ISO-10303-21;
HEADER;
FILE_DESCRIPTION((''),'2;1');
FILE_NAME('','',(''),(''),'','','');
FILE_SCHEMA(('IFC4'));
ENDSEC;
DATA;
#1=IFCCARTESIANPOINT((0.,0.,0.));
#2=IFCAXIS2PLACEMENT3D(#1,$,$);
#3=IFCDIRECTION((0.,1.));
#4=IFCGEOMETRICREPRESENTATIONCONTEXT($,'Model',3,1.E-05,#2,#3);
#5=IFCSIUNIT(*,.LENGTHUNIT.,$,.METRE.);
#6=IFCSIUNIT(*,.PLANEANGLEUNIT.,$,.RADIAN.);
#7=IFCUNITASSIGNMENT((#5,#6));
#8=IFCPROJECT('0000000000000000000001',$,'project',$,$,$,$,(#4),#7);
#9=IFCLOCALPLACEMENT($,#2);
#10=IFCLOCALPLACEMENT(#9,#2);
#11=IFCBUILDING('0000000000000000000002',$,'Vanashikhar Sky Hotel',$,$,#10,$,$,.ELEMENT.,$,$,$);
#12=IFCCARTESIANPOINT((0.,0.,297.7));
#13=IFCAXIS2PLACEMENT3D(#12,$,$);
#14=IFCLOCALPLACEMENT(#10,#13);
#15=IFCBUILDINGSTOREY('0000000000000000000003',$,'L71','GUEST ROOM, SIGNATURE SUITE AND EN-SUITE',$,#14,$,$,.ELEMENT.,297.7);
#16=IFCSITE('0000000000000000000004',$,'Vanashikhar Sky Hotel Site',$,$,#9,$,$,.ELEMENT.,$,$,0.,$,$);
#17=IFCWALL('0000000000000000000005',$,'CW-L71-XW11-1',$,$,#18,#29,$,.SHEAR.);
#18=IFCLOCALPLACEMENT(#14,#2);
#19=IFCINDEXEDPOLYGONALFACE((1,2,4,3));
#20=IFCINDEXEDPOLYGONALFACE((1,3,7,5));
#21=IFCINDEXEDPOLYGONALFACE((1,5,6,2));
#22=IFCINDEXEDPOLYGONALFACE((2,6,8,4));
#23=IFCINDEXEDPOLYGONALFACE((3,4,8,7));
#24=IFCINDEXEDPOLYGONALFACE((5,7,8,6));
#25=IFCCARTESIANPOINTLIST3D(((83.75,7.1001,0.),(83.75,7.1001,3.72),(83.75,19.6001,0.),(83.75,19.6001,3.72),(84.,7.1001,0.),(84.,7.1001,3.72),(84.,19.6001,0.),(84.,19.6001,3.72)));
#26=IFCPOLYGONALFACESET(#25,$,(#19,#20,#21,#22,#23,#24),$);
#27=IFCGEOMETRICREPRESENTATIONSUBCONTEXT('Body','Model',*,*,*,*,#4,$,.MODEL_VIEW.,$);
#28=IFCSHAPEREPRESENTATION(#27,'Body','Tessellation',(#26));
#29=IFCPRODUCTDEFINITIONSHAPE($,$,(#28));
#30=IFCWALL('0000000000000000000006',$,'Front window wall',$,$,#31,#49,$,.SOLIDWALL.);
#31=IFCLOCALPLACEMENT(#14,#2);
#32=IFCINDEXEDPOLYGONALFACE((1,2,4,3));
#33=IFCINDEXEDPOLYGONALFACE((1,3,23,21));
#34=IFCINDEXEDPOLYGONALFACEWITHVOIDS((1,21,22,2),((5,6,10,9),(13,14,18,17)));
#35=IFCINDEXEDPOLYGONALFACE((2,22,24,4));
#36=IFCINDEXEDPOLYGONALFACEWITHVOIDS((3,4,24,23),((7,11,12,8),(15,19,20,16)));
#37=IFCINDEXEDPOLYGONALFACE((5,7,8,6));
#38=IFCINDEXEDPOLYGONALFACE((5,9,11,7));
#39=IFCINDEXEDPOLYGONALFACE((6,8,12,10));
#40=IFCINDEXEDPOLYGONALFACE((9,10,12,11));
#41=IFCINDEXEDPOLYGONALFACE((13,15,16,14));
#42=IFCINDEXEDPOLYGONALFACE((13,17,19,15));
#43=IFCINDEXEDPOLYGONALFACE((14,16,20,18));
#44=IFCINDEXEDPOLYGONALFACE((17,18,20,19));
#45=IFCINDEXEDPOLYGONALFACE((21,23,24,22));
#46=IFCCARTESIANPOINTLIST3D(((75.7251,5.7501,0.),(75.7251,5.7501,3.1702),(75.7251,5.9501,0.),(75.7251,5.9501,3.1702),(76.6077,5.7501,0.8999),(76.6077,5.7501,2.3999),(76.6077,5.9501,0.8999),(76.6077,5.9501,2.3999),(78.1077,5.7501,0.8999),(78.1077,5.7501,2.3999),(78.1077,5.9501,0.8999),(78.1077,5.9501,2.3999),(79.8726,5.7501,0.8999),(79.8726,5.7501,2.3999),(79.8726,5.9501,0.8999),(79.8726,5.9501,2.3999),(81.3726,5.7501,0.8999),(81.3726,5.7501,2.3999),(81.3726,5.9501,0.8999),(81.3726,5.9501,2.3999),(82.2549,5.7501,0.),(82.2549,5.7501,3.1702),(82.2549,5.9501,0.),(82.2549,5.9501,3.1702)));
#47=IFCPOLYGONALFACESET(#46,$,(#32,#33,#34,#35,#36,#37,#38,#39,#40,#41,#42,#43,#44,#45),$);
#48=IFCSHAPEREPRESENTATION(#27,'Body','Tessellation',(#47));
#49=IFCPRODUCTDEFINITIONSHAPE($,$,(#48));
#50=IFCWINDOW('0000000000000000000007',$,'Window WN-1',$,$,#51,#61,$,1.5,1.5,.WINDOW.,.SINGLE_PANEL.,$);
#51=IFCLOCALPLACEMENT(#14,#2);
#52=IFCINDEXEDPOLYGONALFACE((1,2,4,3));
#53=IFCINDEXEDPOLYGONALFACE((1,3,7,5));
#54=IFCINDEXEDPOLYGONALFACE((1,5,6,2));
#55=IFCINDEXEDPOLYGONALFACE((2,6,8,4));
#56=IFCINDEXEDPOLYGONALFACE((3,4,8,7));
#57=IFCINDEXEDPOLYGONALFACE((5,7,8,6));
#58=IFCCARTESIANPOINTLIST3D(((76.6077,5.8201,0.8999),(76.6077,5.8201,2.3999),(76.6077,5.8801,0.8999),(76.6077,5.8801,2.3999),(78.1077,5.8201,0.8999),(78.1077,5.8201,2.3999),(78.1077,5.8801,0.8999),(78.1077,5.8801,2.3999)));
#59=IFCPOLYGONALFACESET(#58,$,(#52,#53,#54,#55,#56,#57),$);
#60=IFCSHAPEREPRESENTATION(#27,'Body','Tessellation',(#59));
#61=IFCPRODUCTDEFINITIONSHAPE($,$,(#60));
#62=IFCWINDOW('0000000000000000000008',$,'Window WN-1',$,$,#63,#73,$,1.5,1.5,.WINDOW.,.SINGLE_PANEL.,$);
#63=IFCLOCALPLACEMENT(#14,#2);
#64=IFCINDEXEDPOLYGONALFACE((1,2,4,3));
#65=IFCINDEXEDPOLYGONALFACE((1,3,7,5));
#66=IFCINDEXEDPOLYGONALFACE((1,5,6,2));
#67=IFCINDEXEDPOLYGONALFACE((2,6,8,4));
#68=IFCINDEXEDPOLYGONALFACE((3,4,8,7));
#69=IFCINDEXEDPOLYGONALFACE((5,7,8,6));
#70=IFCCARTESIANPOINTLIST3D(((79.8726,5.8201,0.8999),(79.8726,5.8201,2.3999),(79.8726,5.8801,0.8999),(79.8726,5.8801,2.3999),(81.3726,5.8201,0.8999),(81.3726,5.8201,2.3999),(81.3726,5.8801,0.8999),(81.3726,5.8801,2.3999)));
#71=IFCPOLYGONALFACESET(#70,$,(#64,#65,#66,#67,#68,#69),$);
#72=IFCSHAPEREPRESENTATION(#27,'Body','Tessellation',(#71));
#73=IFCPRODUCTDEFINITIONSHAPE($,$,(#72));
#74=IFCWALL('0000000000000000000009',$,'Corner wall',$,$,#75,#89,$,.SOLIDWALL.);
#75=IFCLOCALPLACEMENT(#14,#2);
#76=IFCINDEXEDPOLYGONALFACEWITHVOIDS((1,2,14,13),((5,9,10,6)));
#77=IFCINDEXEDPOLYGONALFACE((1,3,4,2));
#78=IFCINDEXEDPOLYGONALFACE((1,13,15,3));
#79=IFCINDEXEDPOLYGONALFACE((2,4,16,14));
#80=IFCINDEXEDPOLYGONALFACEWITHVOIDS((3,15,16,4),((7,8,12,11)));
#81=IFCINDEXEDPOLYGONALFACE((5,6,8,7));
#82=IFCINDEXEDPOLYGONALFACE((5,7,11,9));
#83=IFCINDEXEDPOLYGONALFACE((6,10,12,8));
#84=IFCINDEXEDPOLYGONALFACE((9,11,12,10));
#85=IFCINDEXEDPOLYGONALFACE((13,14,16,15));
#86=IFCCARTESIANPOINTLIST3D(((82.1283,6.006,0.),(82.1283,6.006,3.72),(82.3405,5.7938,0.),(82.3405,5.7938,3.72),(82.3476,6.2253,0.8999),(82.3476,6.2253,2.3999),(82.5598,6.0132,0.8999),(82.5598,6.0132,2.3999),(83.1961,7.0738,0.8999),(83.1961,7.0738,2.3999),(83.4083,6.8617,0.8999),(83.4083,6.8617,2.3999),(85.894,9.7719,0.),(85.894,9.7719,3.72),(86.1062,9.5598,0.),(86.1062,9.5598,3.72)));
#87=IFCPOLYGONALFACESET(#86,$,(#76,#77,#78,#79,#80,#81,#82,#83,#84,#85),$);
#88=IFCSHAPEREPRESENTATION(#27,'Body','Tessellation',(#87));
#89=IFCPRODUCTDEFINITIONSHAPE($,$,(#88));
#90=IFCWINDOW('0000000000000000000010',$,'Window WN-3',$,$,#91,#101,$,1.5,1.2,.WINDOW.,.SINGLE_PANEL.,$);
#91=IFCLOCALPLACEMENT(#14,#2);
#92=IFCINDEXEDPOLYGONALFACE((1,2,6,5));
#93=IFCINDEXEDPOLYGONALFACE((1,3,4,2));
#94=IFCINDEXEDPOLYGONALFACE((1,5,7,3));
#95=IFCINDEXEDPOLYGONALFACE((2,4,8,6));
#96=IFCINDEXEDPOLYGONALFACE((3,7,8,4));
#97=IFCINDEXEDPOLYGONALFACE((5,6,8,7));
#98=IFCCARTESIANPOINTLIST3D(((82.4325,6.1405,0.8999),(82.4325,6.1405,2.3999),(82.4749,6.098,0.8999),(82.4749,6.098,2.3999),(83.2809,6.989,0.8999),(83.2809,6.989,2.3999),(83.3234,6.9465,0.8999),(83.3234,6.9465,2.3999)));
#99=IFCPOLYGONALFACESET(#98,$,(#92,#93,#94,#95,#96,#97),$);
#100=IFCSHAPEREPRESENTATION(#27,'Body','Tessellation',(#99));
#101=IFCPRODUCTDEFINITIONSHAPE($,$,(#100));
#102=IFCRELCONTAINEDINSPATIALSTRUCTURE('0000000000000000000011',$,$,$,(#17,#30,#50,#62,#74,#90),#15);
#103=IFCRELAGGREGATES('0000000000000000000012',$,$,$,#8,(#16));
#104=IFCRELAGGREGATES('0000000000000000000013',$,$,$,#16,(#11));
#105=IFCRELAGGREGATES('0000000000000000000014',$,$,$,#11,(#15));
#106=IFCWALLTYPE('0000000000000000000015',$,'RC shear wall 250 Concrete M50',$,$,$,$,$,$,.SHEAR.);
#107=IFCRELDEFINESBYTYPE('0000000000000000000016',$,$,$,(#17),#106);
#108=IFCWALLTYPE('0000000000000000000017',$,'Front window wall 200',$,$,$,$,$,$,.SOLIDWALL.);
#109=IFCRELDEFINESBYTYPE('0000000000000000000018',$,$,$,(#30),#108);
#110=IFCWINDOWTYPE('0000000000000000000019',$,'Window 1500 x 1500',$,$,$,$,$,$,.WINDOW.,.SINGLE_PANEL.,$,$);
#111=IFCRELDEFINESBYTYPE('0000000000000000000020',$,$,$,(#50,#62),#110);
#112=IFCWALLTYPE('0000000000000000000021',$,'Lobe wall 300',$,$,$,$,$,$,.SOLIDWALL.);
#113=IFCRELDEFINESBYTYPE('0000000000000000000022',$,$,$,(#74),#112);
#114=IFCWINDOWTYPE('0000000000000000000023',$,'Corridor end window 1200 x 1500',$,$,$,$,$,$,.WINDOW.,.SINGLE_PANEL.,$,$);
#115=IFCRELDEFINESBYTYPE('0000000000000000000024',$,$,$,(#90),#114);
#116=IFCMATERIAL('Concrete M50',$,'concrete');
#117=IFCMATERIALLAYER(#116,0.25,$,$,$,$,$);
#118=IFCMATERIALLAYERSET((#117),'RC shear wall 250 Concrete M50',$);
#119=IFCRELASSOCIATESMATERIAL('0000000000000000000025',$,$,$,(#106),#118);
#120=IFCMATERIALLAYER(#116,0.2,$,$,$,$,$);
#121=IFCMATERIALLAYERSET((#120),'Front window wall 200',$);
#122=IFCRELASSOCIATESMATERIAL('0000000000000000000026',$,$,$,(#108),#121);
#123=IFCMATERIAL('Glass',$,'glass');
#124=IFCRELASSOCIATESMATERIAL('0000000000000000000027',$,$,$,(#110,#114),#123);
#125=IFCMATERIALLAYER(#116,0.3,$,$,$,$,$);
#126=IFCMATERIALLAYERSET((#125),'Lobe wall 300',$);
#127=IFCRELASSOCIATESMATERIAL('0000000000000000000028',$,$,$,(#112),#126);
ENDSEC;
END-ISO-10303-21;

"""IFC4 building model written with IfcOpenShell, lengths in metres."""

from ifc_helpers import new_model, si_unit, direction, frame, frame_2d, origin, place, context, subcontext, project, spatial, rectangle, extrude, source, transform, mapped, material, layer, layer_set, type_object, element, fill, save


model = new_model("IFC4")

# Units and contexts
model_context = context("Model", 3, precision=1e-05, world=origin(), true_north=direction((0.0, 1.0)))
body_context = subcontext(model_context, "Body", "Model", "MODEL_VIEW")
ifc_project = project(units=[si_unit("LENGTHUNIT", "METRE"), si_unit("PLANEANGLEUNIT", "RADIAN")], contexts=[model_context])

# Site, building, storey
site_placement = place(None, origin())
site = spatial("IfcSite", under=ifc_project, at=site_placement, Name="Vanashikhar Sky Hotel Site", CompositionType="ELEMENT", RefElevation=0.0)
building_placement = place(site_placement, origin())
building = spatial("IfcBuilding", under=site, at=building_placement, Name="Vanashikhar Sky Hotel", CompositionType="ELEMENT")
storey_placement = place(building_placement, frame((0.0, 0.0, 297.7)))
storey = spatial("IfcBuildingStorey", under=building, at=storey_placement, Name="L71", Description="GUEST ROOM, SIGNATURE SUITE AND EN-SUITE", CompositionType="ELEMENT", Elevation=297.7)

# Wall
ifc_material_1 = material(Name="Concrete M50", Category="concrete")
ifc_layer_1 = layer(ifc_material_1, 0.25)
ifc_layer_set_1 = layer_set([ifc_layer_1], Name="RC shear wall 250 Concrete M50")
wall_type_1 = type_object("IfcWallType", Name="RC shear wall 250 Concrete M50", PredefinedType="SHEAR", material=ifc_layer_set_1)
shared_shape_1 = source(origin(), body_context, "Body", "SweptSolid", [
    extrude(rectangle(XDim=12.5, YDim=0.25, at=frame_2d((6.25, 0.0))), origin(), (0.0, 0.0, 1.0), 3.72),
])
wall_1_placement = place(storey_placement, frame((83.875, 7.1001, 0.0), z_axis=(0.0, 0.0, 1.0), x_axis=(0.0, 1.0, 0.0)))
element("IfcWall", 1, at=wall_1_placement, inside=storey, type_object=wall_type_1, Name="CW-L71-XW11-1", PredefinedType="SHEAR", context=body_context, shape_type="MappedRepresentation", body=[
    mapped(shared_shape_1, transform((0.0, 0.0, 0.0), scale=1.0)),
])

# Wall, openings, windows
ifc_layer_2 = layer(ifc_material_1, 0.2)
ifc_layer_set_2 = layer_set([ifc_layer_2], Name="Front window wall 200")
wall_type_2 = type_object("IfcWallType", Name="Front window wall 200", PredefinedType="SOLIDWALL", material=ifc_layer_set_2)
shared_shape_2 = source(origin(), body_context, "Body", "SweptSolid", [
    extrude(rectangle(XDim=6.5298, YDim=0.2, at=frame_2d((3.2649, 0.0))), origin(), (0.0, 0.0, 1.0), 3.1702),
])
wall_2_placement = place(storey_placement, frame((75.7251, 5.8501, 0.0), z_axis=(0.0, 0.0, 1.0), x_axis=(1.0, 0.0, 0.0)))
wall_2 = element("IfcWall", 2, at=wall_2_placement, inside=storey, type_object=wall_type_2, Name="Front window wall", PredefinedType="SOLIDWALL", context=body_context, shape_type="MappedRepresentation", body=[
    mapped(shared_shape_2, transform((0.0, 0.0, 0.0), scale=1.0)),
])
shared_shape_3 = source(origin(), body_context, "Body", "SweptSolid", [
    extrude(rectangle(XDim=1.5, YDim=1.5, at=frame_2d((0.75, 0.75))), frame((0.0, 0.1099, 0.0), z_axis=(0.0, -1.0, 0.0), x_axis=(1.0, 0.0, 0.0)), (0.0, 0.0, 1.0), 0.22),
])
opening_1_placement = place(wall_2_placement, frame((0.8826, 0.0, 0.8999)))
opening_1 = element("IfcOpeningElement", 3, at=opening_1_placement, cuts=wall_2, PredefinedType="OPENING", context=body_context, shape_type="MappedRepresentation", body=[
    mapped(shared_shape_3, transform((0.0, 0.0, 0.0), scale=1.0)),
])
opening_2_placement = place(wall_2_placement, frame((4.1475, 0.0, 0.8999)))
opening_2 = element("IfcOpeningElement", 4, at=opening_2_placement, cuts=wall_2, PredefinedType="OPENING", context=body_context, shape_type="MappedRepresentation", body=[
    mapped(shared_shape_3, transform((0.0, 0.0, 0.0), scale=1.0)),
])
ifc_material_2 = material(Name="Glass", Category="glass")
window_type_1 = type_object("IfcWindowType", Name="Window 1500 x 1500", PartitioningType="SINGLE_PANEL", PredefinedType="WINDOW", material=ifc_material_2)
shared_shape_4 = source(origin(), body_context, "Body", "SweptSolid", [
    extrude(rectangle(XDim=1.5, YDim=1.5, at=frame_2d((0.75, 0.75))), frame((0.0, 0.03, 0.0), z_axis=(0.0, -1.0, 0.0), x_axis=(1.0, 0.0, 0.0)), (0.0, 0.0, 1.0), 0.0601),
])
window_1_placement = place(opening_1_placement, origin())
window_1 = element("IfcWindow", 5, at=window_1_placement, inside=storey, type_object=window_type_1, Name="Window WN-1", OverallHeight=1.5, OverallWidth=1.5, PartitioningType="SINGLE_PANEL", PredefinedType="WINDOW", context=body_context, shape_type="MappedRepresentation", body=[
    mapped(shared_shape_4, transform((0.0, 0.0, 0.0), scale=1.0)),
])
fill(opening_1, window_1)
window_2_placement = place(opening_2_placement, origin())
window_2 = element("IfcWindow", 6, at=window_2_placement, inside=storey, type_object=window_type_1, Name="Window WN-1", OverallHeight=1.5, OverallWidth=1.5, PartitioningType="SINGLE_PANEL", PredefinedType="WINDOW", context=body_context, shape_type="MappedRepresentation", body=[
    mapped(shared_shape_4, transform((0.0, 0.0, 0.0), scale=1.0)),
])
fill(opening_2, window_2)

# Wall, opening, window
ifc_layer_3 = layer(ifc_material_1, 0.3)
ifc_layer_set_3 = layer_set([ifc_layer_3], Name="Lobe wall 300")
wall_type_3 = type_object("IfcWallType", Name="Lobe wall 300", PredefinedType="SOLIDWALL", material=ifc_layer_set_3)
shared_shape_5 = source(origin(), body_context, "Body", "SweptSolid", [
    extrude(rectangle(XDim=5.3257, YDim=0.3, at=frame_2d((2.6628, 0.0))), origin(), (0.0, 0.0, 1.0), 3.72),
])
wall_3_placement = place(storey_placement, frame((82.2344, 5.8999, 0.0), z_axis=(0.0, 0.0, 1.0), x_axis=(0.707084, 0.70713, 0.0)))
wall_3 = element("IfcWall", 7, at=wall_3_placement, inside=storey, type_object=wall_type_3, Name="Corner wall", PredefinedType="SOLIDWALL", context=body_context, shape_type="MappedRepresentation", body=[
    mapped(shared_shape_5, transform((0.0, 0.0, 0.0), scale=1.0)),
])
shared_shape_6 = source(origin(), body_context, "Body", "SweptSolid", [
    extrude(rectangle(XDim=1.2, YDim=1.5, at=frame_2d((0.6001, 0.75))), frame((0.0, 0.1602, 0.0), z_axis=(0.0, -1.0, 0.0), x_axis=(1.0, 0.0, 0.0)), (0.0, 0.0, 1.0), 0.3201),
])
opening_3_placement = place(wall_3_placement, frame((0.3101, 0.0, 0.8999)))
opening_3 = element("IfcOpeningElement", 8, at=opening_3_placement, cuts=wall_3, PredefinedType="OPENING", context=body_context, shape_type="MappedRepresentation", body=[
    mapped(shared_shape_6, transform((0.0, 0.0, 0.0), scale=1.0)),
])
window_type_2 = type_object("IfcWindowType", Name="Corridor end window 1200 x 1500", PartitioningType="SINGLE_PANEL", PredefinedType="WINDOW", material=ifc_material_2)
shared_shape_7 = source(origin(), body_context, "Body", "SweptSolid", [
    extrude(rectangle(XDim=1.2, YDim=1.5, at=frame_2d((0.6001, 0.75))), frame((0.0, 0.03, 0.0), z_axis=(0.0, -1.0, 0.0), x_axis=(1.0, 0.0, 0.0)), (0.0, 0.0, 1.0), 0.0601),
])
window_3_placement = place(opening_3_placement, origin())
window_3 = element("IfcWindow", 9, at=window_3_placement, inside=storey, type_object=window_type_2, Name="Window WN-3", OverallHeight=1.5, OverallWidth=1.2, PartitioningType="SINGLE_PANEL", PredefinedType="WINDOW", context=body_context, shape_type="MappedRepresentation", body=[
    mapped(shared_shape_7, transform((0.0, 0.0, 0.0), scale=1.0)),
])
fill(opening_3, window_3)

save(model, "model.ifc")
